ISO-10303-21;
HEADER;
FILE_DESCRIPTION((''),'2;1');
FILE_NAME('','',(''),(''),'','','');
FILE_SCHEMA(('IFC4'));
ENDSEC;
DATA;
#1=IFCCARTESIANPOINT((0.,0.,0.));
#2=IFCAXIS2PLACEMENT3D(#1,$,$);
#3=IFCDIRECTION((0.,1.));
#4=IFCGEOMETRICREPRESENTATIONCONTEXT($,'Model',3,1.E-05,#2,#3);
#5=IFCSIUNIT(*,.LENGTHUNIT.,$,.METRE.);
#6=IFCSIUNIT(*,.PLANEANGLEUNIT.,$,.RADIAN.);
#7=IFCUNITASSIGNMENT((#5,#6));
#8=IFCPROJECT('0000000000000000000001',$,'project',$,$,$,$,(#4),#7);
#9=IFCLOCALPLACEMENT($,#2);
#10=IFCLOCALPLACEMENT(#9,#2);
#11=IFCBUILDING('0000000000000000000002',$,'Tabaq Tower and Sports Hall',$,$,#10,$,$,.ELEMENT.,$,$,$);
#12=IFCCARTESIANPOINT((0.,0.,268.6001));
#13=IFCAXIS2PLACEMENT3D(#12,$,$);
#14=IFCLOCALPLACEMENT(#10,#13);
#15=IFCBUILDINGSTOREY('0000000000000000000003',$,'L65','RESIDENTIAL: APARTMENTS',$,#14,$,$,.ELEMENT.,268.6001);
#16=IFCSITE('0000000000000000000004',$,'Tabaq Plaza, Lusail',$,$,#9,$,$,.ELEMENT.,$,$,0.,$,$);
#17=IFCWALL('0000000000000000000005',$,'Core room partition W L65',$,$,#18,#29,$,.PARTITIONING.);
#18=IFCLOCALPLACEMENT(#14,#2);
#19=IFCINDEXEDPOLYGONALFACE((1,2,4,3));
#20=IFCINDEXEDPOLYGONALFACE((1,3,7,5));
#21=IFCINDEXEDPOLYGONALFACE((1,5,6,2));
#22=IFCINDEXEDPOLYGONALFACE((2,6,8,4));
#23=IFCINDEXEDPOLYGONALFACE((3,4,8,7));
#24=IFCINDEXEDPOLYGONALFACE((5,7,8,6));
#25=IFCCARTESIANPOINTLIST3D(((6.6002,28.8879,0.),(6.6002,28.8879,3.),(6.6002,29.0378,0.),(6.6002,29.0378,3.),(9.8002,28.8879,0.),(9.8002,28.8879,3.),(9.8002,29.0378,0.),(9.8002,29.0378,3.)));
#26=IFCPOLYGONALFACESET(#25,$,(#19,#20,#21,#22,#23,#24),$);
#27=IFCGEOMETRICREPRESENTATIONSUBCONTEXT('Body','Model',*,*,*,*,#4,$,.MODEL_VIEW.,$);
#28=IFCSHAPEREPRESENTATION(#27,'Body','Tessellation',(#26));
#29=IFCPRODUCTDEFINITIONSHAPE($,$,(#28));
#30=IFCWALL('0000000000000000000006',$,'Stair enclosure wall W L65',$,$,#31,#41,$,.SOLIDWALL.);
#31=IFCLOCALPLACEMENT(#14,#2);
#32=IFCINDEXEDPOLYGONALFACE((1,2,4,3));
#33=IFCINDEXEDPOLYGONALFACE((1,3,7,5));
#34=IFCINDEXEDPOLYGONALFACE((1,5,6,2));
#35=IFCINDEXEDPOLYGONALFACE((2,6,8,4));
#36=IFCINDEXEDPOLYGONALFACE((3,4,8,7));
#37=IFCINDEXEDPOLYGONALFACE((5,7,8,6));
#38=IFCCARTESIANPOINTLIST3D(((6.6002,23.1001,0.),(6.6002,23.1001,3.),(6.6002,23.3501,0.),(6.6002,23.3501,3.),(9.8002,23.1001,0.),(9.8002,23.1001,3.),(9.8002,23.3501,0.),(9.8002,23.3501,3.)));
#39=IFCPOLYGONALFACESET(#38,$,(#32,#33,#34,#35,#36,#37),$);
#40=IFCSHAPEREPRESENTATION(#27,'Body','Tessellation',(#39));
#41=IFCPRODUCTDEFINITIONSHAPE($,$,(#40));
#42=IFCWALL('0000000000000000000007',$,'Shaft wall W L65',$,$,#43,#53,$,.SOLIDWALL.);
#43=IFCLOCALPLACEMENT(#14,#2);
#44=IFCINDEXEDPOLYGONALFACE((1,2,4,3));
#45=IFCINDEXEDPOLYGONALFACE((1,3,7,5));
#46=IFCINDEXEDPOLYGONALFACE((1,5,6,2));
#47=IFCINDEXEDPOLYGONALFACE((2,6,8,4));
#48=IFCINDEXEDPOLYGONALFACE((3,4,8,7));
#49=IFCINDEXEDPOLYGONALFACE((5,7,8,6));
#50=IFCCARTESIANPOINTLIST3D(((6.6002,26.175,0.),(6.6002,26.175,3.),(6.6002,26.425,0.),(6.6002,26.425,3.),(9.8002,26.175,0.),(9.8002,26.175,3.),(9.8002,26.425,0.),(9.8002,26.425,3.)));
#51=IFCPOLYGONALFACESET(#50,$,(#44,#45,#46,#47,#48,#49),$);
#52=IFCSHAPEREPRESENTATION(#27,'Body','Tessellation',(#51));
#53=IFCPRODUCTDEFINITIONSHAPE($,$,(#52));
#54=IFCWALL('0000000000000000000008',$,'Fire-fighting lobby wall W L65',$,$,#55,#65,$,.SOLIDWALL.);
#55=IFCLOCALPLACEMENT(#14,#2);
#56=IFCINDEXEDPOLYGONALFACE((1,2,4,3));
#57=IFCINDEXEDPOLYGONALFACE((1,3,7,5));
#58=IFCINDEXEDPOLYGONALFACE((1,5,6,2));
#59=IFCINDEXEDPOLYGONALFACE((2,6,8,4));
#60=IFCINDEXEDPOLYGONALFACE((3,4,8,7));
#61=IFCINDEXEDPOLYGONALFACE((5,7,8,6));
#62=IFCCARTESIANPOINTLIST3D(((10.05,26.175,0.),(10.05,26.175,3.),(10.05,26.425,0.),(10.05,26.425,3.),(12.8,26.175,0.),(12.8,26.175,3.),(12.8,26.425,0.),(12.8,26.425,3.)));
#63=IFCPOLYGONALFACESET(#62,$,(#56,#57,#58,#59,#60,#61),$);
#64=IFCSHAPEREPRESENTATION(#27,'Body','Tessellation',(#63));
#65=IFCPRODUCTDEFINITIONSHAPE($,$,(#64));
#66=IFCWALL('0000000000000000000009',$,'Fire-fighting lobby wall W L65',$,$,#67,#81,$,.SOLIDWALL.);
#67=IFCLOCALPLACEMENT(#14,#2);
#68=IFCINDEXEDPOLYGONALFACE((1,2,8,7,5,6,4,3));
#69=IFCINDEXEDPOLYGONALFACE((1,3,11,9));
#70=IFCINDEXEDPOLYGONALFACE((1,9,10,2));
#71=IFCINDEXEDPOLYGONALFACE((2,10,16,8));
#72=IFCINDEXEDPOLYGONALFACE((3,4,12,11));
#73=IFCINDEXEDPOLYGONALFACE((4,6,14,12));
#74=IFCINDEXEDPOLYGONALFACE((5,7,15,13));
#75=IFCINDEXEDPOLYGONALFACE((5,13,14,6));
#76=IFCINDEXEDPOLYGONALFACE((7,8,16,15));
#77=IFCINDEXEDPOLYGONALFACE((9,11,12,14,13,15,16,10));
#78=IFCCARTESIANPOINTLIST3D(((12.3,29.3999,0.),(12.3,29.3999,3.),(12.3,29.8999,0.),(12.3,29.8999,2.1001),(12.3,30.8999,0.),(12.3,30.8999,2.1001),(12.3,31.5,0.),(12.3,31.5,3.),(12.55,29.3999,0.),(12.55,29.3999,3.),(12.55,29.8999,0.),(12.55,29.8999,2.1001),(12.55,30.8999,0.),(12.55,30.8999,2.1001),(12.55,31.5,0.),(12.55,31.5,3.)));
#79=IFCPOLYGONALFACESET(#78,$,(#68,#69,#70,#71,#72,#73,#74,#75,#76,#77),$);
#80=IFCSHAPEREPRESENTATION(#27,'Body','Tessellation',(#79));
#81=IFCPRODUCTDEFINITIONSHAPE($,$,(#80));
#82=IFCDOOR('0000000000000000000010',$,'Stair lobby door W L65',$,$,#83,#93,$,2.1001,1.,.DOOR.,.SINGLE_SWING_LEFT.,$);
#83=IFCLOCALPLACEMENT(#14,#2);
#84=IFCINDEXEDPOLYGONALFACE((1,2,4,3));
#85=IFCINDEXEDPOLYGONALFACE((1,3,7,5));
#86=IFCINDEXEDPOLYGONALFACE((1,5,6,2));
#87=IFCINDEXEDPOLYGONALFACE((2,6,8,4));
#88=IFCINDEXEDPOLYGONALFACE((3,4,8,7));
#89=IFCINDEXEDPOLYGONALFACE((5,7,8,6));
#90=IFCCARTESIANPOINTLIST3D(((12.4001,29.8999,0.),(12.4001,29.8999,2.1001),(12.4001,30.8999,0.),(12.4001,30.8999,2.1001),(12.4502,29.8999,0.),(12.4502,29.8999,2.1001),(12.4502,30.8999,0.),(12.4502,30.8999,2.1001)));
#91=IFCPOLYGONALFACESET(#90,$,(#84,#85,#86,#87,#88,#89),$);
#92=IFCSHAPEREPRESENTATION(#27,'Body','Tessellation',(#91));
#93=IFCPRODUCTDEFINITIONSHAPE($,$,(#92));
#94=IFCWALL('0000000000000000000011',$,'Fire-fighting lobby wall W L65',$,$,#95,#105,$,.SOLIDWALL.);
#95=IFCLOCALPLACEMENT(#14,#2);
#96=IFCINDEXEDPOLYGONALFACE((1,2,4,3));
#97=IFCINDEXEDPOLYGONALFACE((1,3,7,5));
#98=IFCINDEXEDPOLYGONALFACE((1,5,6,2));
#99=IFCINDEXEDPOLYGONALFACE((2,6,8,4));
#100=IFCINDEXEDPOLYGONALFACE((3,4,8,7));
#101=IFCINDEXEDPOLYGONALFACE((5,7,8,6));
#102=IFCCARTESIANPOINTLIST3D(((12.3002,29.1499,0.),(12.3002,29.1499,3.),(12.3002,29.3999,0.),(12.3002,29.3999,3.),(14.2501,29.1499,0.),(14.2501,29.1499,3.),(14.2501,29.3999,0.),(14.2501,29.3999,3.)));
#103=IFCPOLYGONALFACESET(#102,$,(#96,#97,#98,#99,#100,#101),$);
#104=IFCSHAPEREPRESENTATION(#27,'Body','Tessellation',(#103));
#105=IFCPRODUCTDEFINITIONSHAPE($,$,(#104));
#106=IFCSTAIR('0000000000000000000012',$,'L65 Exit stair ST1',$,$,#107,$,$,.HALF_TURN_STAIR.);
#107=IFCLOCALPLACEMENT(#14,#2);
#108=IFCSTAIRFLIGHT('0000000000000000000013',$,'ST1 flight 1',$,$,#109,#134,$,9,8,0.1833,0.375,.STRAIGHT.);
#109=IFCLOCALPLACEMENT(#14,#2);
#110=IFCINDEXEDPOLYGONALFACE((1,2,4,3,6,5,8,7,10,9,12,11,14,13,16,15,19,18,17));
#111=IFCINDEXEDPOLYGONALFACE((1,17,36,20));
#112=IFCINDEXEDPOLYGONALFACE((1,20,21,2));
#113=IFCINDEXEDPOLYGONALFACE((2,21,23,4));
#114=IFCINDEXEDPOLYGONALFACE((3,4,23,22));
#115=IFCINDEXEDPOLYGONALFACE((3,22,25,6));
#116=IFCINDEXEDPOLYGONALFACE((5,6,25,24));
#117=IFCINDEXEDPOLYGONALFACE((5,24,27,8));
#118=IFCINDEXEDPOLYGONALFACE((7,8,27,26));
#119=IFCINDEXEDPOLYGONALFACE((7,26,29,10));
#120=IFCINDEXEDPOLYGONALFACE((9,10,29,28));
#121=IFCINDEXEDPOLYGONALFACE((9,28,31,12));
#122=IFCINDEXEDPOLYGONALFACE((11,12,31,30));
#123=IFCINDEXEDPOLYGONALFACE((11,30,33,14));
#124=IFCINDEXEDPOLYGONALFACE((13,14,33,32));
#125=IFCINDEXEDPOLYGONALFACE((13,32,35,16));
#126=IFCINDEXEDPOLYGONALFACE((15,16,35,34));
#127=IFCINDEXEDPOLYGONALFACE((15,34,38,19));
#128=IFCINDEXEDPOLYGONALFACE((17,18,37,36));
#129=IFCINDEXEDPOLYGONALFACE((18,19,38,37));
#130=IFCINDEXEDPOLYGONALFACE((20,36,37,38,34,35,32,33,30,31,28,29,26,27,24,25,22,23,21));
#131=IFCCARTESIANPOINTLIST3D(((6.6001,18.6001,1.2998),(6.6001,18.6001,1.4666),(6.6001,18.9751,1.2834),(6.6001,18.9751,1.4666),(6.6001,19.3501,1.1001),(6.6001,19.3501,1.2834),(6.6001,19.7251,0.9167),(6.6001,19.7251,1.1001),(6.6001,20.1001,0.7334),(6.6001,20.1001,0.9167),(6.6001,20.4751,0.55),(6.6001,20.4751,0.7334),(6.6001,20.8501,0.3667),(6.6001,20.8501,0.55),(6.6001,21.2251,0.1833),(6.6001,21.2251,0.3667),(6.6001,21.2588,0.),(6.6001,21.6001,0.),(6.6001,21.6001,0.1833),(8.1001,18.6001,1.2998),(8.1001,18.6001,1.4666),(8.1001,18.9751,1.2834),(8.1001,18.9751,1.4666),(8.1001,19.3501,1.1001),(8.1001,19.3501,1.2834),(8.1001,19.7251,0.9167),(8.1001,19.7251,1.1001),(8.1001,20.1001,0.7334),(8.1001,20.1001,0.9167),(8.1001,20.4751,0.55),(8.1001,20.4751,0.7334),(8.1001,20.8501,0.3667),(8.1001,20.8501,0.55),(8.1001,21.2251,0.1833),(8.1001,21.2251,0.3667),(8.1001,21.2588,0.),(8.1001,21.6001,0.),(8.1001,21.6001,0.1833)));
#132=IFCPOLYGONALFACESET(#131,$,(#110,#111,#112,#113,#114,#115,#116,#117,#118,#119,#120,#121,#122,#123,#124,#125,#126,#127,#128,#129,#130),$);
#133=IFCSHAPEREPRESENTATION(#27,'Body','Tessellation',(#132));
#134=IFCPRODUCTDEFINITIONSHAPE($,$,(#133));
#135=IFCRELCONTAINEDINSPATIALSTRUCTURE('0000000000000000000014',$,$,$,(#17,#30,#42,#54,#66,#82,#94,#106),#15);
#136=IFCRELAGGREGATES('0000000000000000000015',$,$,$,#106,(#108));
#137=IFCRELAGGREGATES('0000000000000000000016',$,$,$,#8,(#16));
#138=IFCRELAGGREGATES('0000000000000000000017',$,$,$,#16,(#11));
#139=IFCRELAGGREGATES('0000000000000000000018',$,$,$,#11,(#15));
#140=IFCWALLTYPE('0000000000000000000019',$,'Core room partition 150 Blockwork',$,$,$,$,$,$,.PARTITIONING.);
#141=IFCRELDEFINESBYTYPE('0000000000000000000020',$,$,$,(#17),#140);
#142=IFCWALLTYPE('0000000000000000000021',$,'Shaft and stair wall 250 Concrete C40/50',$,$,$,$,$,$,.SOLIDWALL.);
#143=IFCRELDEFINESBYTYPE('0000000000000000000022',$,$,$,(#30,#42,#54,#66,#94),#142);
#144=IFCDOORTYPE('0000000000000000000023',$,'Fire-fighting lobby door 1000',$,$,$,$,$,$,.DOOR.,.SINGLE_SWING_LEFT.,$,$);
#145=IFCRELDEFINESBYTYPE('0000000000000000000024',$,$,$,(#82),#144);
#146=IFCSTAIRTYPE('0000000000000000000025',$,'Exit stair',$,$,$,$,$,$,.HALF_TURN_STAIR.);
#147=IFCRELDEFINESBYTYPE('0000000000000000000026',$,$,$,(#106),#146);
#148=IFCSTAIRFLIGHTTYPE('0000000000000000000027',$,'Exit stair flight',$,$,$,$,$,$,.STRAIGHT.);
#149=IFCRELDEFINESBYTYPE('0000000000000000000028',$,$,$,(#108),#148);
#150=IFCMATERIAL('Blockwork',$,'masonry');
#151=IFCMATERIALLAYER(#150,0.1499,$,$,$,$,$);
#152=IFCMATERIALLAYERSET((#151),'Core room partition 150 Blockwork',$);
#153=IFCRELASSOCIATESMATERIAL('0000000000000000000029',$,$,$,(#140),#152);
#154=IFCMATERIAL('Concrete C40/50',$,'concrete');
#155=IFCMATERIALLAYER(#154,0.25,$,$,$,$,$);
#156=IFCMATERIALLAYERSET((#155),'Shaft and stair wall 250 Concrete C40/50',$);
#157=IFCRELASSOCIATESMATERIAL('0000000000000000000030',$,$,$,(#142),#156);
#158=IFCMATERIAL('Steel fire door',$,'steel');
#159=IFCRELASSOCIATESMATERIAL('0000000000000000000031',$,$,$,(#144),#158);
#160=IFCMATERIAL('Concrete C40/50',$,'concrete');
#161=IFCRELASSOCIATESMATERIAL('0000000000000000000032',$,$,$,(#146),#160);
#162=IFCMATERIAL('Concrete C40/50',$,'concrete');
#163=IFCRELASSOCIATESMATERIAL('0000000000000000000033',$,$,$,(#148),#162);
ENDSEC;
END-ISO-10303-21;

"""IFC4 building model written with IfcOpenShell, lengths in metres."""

from ifc_helpers import new_model, si_unit, direction, frame, frame_2d, origin, place, context, subcontext, project, spatial, polyline, rectangle, outline, extrude, material, layer, layer_set, type_object, element, fill, aggregate, save


model = new_model("IFC4")

# Units and contexts
model_context = context("Model", 3, precision=1e-05, world=origin(), true_north=direction((0.0, 1.0)))
body_context = subcontext(model_context, "Body", "Model", "MODEL_VIEW")
ifc_project = project(units=[si_unit("LENGTHUNIT", "METRE"), si_unit("PLANEANGLEUNIT", "RADIAN")], contexts=[model_context])

# Site, building, storey
site_placement = place(None, origin())
site = spatial("IfcSite", under=ifc_project, at=site_placement, Name="Tabaq Plaza, Lusail", CompositionType="ELEMENT", RefElevation=0.0)
building_placement = place(site_placement, origin())
building = spatial("IfcBuilding", under=site, at=building_placement, Name="Tabaq Tower and Sports Hall", CompositionType="ELEMENT")
storey_placement = place(building_placement, frame((0.0, 0.0, 268.6001)))
storey = spatial("IfcBuildingStorey", under=building, at=storey_placement, Name="L65", Description="RESIDENTIAL: APARTMENTS", CompositionType="ELEMENT", Elevation=268.6001)

# Wall
ifc_material_1 = material(Name="Blockwork", Category="masonry")
ifc_layer_1 = layer(ifc_material_1, 0.1499)
ifc_layer_set_1 = layer_set([ifc_layer_1], Name="Core room partition 150 Blockwork")
wall_type_1 = type_object("IfcWallType", Name="Core room partition 150 Blockwork", PredefinedType="PARTITIONING", material=ifc_layer_set_1)
wall_1_placement = place(storey_placement, frame((6.6001, 28.9629, 0.0), z_axis=(0.0, 0.0, 1.0), x_axis=(1.0, 0.0, 0.0)))
element("IfcWall", 1, at=wall_1_placement, inside=storey, type_object=wall_type_1, Name="Core room partition W L65", PredefinedType="PARTITIONING", context=body_context, shape_type="SweptSolid", body=[
    extrude(rectangle(XDim=3.2, YDim=0.1499, at=frame_2d((1.6001, 0.0))), origin(), (0.0, 0.0, 1.0), 3.0),
])

# Walls
ifc_material_2 = material(Name="Concrete C40/50", Category="concrete")
ifc_layer_2 = layer(ifc_material_2, 0.25)
ifc_layer_set_2 = layer_set([ifc_layer_2], Name="Shaft and stair wall 250 Concrete C40/50")
wall_type_2 = type_object("IfcWallType", Name="Shaft and stair wall 250 Concrete C40/50", PredefinedType="SOLIDWALL", material=ifc_layer_set_2)
for number, where, z_axis, x_axis, name in (
    (2, (6.6001, 23.2251, 0.0), (0.0, 0.0, 1.0), (1.0, 0.0, 0.0), "Stair enclosure wall W L65"),
    (3, (6.6001, 26.3, 0.0), (0.0, 0.0, 1.0), (1.0, 0.0, 0.0), "Shaft wall W L65"),
):
    element("IfcWall", number, at=place(storey_placement, frame(where, z_axis=z_axis, x_axis=x_axis)), inside=storey, type_object=wall_type_2, Name=name, PredefinedType="SOLIDWALL", context=body_context, shape_type="SweptSolid", body=[
        extrude(rectangle(XDim=3.2, YDim=0.25, at=frame_2d((1.6001, 0.0))), origin(), (0.0, 0.0, 1.0), 3.0),
    ])
wall_2_placement = place(storey_placement, frame((10.05, 26.3, 0.0), z_axis=(0.0, 0.0, 1.0), x_axis=(1.0, 0.0, 0.0)))
element("IfcWall", 4, at=wall_2_placement, inside=storey, type_object=wall_type_2, Name="Fire-fighting lobby wall W L65", PredefinedType="SOLIDWALL", context=body_context, shape_type="SweptSolid", body=[
    extrude(rectangle(XDim=2.75, YDim=0.25, at=frame_2d((1.375, 0.0))), origin(), (0.0, 0.0, 1.0), 3.0),
])

# Wall, opening, door
wall_3_placement = place(storey_placement, frame((12.425, 29.3999, 0.0), z_axis=(0.0, 0.0, 1.0), x_axis=(0.0, 1.0, 0.0)))
wall_3 = element("IfcWall", 5, at=wall_3_placement, inside=storey, type_object=wall_type_2, Name="Fire-fighting lobby wall W L65", PredefinedType="SOLIDWALL", context=body_context, shape_type="SweptSolid", body=[
    extrude(rectangle(XDim=2.1001, YDim=0.25, at=frame_2d((1.05, 0.0))), origin(), (0.0, 0.0, 1.0), 3.0),
])
opening_1_placement = place(wall_3_placement, frame((0.5, 0.0, 0.0)))
opening_1 = element("IfcOpeningElement", 6, at=opening_1_placement, cuts=wall_3, PredefinedType="OPENING", context=body_context, shape_type="SweptSolid", body=[
    extrude(rectangle(XDim=1.0, YDim=2.1001, at=frame_2d((0.5, 1.05))), frame((0.0, 0.125, 0.0), z_axis=(0.0, -1.0, 0.0), x_axis=(1.0, 0.0, 0.0)), (0.0, 0.0, 1.0), 0.25),
])
ifc_material_3 = material(Name="Steel fire door", Category="steel")
door_type_1 = type_object("IfcDoorType", Name="Fire-fighting lobby door 1000", OperationType="SINGLE_SWING_LEFT", PredefinedType="DOOR", material=ifc_material_3)
door_1_placement = place(opening_1_placement, origin())
door_1 = element("IfcDoor", 7, at=door_1_placement, inside=storey, type_object=door_type_1, Name="Stair lobby door W L65", OperationType="SINGLE_SWING_LEFT", OverallHeight=2.1001, OverallWidth=1.0, PredefinedType="DOOR", context=body_context, shape_type="SweptSolid", body=[
    extrude(rectangle(XDim=1.0, YDim=2.1001, at=frame_2d((0.5, 1.05))), frame((0.0, 0.0249, 0.0), z_axis=(0.0, -1.0, 0.0), x_axis=(1.0, 0.0, 0.0)), (0.0, 0.0, 1.0), 0.05),
])
fill(opening_1, door_1)

# Wall
wall_4_placement = place(storey_placement, frame((12.3, 29.2749, 0.0), z_axis=(0.0, 0.0, 1.0), x_axis=(1.0, 0.0, 0.0)))
element("IfcWall", 8, at=wall_4_placement, inside=storey, type_object=wall_type_2, Name="Fire-fighting lobby wall W L65", PredefinedType="SOLIDWALL", context=body_context, shape_type="SweptSolid", body=[
    extrude(rectangle(XDim=1.95, YDim=0.25, at=frame_2d((0.9751, 0.0))), origin(), (0.0, 0.0, 1.0), 3.0),
])

# Stair, stair flight
ifc_material_4 = material(Name="Concrete C40/50", Category="concrete")
stair_type = type_object("IfcStairType", Name="Exit stair", PredefinedType="HALF_TURN_STAIR", material=ifc_material_4)
stair_placement = place(storey_placement, origin())
stair = element("IfcStair", 9, at=stair_placement, inside=storey, type_object=stair_type, Name="L65 Exit stair ST1", PredefinedType="HALF_TURN_STAIR")
ifc_material_5 = material(Name="Concrete C40/50", Category="concrete")
stair_flight_type = type_object("IfcStairFlightType", Name="Exit stair flight", PredefinedType="STRAIGHT", material=ifc_material_5)
stair_flight_placement = place(storey_placement, frame((7.3501, 21.6001, 0.0), z_axis=(0.0, 0.0, 1.0), x_axis=(0.0, -1.0, 0.0)))
stair_flight = element("IfcStairFlight", 10, at=stair_flight_placement, type_object=stair_flight_type, Name="ST1 flight 1", NumberOfRisers=9, NumberOfTreads=8, PredefinedType="STRAIGHT", RiserHeight=0.1833, TreadLength=0.375, context=body_context, shape_type="SweptSolid", body=[
    extrude(outline(polyline([(0.0, 0.0), (0.0, 0.1833), (0.375, 0.1833), (0.375, 0.3667), (0.75, 0.3667), (0.75, 0.55), (1.125, 0.55), (1.125, 0.7334), (1.5, 0.7334), (1.5, 0.9167), (1.875, 0.9167), (1.875, 1.1001), (2.25, 1.1001), (2.25, 1.2834), (2.625, 1.2834), (2.625, 1.4666), (3.0, 1.4666), (3.0, 1.6499), (3.0, 1.2998), (0.3413, 0.0), (0.0, 0.0)])), frame((0.0, 0.75, 0.0), z_axis=(0.0, -1.0, 0.0), x_axis=(1.0, 0.0, 0.0)), (0.0, 0.0, 1.0), 1.5),
])
aggregate(stair, [stair_flight])

save(model, "model.ifc")
